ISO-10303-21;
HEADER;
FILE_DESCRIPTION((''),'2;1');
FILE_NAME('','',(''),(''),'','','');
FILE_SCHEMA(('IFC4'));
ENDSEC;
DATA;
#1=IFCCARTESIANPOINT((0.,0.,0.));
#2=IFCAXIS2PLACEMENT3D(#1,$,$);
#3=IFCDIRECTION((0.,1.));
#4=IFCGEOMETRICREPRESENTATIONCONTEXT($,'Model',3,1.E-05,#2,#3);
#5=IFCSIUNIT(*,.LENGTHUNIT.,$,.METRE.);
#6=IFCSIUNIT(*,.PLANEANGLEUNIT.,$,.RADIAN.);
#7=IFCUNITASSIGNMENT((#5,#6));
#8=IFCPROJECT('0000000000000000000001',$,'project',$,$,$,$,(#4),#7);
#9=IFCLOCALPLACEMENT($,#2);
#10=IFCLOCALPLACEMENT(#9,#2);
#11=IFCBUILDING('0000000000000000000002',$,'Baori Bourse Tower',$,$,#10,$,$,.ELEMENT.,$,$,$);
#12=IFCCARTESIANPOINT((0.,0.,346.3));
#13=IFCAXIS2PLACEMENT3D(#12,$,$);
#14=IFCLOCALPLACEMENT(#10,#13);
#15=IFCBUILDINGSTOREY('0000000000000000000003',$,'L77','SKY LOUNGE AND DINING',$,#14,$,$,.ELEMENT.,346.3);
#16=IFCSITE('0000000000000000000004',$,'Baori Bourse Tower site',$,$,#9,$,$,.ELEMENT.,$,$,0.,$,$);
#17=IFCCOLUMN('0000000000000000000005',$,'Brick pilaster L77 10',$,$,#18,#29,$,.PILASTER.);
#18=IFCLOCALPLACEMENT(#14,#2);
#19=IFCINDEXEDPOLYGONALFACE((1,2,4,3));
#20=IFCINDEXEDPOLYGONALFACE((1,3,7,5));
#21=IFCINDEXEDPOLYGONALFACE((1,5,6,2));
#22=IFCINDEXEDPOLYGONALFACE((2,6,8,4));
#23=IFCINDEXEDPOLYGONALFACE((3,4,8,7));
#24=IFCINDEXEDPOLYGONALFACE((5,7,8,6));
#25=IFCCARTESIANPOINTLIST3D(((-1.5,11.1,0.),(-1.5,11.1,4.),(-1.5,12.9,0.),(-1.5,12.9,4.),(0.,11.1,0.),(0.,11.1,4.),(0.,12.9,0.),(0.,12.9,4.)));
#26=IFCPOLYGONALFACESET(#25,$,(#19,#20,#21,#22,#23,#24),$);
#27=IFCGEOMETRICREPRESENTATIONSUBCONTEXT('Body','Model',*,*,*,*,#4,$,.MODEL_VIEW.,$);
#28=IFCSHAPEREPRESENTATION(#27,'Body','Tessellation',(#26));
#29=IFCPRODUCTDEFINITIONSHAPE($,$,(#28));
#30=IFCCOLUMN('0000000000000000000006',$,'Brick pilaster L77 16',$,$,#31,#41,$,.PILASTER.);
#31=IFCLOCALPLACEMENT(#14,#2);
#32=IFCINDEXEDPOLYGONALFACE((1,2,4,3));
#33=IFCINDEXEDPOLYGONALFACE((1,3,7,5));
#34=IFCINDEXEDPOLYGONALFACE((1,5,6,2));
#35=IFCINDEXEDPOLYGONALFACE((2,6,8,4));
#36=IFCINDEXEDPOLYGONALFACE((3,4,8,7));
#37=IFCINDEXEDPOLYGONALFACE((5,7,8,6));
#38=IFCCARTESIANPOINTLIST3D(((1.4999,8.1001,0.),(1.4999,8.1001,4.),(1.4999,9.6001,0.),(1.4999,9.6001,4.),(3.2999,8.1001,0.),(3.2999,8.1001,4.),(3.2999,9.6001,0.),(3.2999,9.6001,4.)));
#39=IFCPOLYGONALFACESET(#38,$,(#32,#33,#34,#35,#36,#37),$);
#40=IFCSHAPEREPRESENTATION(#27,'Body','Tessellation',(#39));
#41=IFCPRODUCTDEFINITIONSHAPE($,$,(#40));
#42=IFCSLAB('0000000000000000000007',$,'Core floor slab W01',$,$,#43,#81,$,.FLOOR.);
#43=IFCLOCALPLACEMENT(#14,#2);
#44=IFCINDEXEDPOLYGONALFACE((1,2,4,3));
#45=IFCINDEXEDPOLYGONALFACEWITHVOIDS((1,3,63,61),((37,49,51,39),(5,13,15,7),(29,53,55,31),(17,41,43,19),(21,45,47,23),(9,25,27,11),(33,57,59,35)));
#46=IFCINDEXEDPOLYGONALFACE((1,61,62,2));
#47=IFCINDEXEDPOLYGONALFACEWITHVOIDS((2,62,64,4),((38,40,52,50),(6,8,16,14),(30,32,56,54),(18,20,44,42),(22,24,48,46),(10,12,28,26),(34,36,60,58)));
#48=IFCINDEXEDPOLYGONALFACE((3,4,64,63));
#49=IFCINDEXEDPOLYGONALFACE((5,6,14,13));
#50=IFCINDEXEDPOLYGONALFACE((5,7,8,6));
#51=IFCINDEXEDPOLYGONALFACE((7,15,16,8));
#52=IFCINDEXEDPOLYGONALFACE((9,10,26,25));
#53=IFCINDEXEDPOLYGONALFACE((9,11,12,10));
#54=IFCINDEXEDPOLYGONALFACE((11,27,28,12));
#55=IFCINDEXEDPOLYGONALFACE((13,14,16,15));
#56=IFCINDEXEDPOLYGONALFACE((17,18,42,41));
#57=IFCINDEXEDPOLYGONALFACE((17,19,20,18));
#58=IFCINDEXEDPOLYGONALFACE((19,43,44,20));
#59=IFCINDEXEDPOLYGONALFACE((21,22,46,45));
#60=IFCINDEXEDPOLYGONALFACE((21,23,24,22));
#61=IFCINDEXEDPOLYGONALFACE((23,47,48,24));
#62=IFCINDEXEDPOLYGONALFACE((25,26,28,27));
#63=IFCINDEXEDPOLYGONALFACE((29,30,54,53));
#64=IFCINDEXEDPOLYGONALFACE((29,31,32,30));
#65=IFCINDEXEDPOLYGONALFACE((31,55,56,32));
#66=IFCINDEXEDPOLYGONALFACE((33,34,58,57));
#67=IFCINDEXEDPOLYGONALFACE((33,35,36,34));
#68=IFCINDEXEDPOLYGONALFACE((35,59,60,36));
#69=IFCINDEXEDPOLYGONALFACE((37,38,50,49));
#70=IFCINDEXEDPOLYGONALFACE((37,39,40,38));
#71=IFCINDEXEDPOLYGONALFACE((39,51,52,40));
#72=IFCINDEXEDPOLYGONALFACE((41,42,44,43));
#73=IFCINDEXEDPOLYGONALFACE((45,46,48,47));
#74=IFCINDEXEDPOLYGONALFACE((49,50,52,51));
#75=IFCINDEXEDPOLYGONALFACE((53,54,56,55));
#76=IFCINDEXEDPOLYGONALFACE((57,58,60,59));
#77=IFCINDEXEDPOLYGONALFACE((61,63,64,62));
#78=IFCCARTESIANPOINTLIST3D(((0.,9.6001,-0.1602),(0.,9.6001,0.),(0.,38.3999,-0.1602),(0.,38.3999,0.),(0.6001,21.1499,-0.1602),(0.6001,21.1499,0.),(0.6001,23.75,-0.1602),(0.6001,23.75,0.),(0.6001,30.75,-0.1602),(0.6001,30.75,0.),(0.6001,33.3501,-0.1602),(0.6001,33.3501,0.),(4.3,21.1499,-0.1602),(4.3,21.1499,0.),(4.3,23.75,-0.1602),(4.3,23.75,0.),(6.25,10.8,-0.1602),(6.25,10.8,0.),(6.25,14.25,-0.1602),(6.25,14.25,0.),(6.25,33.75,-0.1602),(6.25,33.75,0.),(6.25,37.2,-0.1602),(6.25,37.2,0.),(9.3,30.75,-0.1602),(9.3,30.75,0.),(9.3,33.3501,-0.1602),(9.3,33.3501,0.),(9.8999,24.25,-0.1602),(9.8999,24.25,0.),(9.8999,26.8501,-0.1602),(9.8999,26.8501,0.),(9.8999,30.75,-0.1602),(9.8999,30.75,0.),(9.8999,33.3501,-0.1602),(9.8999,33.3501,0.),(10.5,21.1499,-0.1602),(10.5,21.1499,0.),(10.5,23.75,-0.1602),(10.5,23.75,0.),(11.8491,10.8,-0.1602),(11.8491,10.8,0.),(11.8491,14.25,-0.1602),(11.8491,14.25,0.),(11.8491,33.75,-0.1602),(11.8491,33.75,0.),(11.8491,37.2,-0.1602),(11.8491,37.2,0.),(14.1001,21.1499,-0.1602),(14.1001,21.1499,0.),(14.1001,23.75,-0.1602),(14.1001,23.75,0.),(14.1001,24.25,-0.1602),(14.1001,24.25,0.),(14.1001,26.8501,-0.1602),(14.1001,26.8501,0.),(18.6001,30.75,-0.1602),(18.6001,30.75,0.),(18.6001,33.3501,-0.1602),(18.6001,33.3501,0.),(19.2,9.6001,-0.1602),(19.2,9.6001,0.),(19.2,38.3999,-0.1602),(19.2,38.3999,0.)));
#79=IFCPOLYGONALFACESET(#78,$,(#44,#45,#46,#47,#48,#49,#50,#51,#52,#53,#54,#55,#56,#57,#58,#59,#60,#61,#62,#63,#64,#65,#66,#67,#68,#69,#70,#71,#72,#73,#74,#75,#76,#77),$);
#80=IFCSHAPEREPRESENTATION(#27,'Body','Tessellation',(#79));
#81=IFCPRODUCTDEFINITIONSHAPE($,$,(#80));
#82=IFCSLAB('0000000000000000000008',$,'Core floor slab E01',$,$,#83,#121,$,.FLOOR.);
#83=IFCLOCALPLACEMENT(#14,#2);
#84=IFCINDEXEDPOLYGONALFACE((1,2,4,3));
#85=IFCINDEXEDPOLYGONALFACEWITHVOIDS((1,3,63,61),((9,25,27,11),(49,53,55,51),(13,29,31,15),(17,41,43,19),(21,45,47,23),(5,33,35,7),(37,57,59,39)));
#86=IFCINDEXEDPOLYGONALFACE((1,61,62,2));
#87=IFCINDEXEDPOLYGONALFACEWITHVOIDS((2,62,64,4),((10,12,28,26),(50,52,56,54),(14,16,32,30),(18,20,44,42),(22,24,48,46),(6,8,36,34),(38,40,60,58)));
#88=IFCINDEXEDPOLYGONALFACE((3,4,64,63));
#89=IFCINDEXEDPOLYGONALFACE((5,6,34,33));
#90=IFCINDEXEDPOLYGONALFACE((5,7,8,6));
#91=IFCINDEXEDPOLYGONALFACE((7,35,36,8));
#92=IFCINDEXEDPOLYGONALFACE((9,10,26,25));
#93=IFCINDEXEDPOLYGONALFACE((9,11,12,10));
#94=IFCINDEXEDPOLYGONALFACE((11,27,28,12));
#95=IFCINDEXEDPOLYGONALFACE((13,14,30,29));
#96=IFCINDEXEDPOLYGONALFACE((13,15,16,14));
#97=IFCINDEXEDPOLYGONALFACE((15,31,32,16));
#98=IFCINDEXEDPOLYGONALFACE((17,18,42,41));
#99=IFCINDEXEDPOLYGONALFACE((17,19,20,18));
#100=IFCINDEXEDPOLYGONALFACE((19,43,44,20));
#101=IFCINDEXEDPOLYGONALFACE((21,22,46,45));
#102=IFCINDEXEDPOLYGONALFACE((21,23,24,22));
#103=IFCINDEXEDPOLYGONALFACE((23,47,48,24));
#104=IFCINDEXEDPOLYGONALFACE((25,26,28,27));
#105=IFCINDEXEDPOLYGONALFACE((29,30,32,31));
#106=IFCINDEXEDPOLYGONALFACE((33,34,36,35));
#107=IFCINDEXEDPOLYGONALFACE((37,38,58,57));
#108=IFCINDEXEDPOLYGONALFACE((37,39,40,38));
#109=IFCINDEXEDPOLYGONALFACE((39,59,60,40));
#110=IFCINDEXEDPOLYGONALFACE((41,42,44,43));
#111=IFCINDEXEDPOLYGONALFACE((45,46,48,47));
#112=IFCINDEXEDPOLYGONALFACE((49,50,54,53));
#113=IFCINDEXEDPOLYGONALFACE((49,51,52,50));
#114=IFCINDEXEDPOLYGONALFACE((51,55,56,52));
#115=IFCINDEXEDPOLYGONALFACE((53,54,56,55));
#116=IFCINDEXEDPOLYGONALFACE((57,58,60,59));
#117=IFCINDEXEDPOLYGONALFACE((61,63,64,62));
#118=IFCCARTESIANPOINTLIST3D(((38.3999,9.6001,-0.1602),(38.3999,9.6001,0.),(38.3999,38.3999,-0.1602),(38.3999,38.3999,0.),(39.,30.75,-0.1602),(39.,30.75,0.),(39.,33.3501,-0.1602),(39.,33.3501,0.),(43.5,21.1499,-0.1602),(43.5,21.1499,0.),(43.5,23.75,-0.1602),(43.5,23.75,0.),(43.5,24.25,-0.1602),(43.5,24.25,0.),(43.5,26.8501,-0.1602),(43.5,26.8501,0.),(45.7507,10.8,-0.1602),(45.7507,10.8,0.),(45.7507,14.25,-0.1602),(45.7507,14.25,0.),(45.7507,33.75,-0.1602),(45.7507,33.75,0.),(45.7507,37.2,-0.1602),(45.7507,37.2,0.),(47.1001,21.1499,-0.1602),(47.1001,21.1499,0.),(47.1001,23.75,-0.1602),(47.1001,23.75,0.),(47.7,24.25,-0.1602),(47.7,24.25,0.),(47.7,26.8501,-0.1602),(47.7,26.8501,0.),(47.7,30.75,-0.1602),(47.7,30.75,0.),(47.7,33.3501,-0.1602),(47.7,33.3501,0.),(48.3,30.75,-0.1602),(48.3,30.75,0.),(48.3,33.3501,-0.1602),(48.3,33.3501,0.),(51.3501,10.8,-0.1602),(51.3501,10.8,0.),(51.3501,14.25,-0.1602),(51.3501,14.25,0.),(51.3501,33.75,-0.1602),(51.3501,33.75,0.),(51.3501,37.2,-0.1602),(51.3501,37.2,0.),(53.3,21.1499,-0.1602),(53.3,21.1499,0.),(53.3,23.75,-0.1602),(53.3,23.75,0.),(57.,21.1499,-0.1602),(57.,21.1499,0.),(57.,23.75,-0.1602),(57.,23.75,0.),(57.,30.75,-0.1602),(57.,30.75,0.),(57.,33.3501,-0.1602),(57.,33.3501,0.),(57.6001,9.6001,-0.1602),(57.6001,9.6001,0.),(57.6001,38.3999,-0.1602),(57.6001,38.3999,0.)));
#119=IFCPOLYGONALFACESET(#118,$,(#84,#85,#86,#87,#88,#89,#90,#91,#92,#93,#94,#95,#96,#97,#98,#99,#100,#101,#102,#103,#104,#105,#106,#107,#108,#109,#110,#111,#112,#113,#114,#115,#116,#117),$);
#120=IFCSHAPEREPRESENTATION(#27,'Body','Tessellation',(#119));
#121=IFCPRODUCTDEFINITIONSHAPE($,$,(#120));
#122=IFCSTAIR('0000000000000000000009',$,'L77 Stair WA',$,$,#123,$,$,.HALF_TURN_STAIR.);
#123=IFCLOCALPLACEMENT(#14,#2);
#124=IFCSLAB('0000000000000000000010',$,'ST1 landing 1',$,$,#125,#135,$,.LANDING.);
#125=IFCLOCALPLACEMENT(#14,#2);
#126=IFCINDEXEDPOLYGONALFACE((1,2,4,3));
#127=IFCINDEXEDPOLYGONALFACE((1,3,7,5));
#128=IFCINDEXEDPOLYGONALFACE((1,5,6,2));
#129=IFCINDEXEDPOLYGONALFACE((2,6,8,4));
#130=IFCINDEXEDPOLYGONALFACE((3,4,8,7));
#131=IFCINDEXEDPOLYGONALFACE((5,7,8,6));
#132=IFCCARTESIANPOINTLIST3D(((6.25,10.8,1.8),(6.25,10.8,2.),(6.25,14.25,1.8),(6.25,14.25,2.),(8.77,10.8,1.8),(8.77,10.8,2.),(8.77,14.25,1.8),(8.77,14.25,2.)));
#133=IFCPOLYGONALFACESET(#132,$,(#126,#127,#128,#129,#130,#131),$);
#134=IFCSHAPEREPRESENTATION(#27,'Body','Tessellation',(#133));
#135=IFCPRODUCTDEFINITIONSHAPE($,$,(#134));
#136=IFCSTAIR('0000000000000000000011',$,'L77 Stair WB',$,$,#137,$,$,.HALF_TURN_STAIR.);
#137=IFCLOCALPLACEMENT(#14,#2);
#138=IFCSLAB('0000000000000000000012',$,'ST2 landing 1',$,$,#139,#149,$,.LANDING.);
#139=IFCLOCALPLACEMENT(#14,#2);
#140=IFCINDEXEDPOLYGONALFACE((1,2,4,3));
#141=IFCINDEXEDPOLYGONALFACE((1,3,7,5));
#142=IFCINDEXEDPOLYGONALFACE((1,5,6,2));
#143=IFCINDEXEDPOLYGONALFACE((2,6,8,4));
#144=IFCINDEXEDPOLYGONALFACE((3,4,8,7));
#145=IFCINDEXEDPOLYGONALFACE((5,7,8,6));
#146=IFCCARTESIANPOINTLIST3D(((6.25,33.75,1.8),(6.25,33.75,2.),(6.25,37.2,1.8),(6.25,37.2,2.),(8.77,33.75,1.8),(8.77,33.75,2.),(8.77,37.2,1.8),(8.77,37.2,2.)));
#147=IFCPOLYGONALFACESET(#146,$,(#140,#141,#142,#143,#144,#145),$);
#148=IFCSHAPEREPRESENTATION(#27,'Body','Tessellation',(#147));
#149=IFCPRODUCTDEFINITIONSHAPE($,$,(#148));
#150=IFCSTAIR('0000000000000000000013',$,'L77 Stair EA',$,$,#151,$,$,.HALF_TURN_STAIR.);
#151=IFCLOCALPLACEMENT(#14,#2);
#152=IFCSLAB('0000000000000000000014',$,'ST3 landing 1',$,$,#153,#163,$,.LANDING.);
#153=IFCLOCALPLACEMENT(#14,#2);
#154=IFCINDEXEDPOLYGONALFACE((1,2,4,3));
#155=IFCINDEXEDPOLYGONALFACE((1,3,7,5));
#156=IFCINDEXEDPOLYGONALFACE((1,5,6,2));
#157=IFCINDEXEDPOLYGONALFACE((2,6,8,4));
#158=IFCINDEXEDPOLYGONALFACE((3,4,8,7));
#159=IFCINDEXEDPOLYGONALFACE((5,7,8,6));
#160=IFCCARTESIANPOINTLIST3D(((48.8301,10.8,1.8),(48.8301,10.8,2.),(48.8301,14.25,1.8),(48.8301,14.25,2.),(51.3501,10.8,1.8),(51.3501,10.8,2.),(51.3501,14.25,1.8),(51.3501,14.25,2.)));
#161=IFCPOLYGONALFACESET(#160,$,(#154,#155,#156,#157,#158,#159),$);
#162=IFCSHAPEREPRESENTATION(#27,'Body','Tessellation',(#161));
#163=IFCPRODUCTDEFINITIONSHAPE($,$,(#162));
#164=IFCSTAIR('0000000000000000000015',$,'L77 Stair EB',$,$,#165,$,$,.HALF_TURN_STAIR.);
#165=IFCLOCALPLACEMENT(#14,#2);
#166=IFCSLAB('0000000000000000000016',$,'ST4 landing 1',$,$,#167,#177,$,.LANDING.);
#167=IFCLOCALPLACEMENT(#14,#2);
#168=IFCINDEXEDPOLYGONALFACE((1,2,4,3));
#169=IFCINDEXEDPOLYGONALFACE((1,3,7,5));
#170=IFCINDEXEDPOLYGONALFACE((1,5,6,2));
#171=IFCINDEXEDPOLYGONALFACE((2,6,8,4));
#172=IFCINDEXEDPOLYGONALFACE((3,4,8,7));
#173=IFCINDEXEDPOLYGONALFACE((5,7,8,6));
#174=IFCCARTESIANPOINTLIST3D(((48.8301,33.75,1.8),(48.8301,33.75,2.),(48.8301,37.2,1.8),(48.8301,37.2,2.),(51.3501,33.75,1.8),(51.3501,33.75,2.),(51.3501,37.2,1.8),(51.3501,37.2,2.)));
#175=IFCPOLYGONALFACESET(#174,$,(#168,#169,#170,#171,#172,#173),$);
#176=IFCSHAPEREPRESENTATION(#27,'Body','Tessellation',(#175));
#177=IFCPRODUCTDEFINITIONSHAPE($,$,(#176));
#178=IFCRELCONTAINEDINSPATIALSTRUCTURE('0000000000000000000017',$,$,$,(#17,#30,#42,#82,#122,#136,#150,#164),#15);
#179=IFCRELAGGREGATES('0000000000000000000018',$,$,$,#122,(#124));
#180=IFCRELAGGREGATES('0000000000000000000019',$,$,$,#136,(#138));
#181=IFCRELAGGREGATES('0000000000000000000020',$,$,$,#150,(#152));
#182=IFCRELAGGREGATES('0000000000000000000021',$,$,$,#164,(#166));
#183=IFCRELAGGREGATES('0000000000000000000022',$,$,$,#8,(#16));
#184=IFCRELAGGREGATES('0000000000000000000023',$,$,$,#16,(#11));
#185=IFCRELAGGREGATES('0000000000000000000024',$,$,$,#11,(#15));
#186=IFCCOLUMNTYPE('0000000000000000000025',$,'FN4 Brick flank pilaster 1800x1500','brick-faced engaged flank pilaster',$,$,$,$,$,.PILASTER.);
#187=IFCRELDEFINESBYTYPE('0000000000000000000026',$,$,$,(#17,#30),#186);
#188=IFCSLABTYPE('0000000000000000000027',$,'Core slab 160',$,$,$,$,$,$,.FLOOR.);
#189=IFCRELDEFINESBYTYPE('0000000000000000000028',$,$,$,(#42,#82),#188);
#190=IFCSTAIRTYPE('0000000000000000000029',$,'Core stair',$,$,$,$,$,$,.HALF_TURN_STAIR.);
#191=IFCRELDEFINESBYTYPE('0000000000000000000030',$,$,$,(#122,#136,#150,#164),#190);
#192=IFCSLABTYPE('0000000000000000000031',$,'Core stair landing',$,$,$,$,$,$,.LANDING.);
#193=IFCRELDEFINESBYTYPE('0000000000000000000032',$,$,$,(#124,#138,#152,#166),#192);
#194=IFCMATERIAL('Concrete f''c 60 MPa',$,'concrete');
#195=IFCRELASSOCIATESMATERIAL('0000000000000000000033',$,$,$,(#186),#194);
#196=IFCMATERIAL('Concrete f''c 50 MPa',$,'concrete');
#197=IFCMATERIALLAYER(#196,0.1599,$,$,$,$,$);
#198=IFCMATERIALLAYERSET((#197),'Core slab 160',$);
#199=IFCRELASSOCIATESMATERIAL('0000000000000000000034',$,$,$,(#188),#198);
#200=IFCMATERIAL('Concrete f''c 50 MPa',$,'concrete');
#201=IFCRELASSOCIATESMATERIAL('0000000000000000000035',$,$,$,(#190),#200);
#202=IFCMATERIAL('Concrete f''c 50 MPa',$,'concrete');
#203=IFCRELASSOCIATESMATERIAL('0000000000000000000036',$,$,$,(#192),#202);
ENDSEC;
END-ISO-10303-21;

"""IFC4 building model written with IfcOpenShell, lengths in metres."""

from ifc_helpers import new_model, si_unit, direction, frame, origin, origin_2d, place, context, subcontext, project, spatial, polyline, rectangle, outline, extrude, material, layer, layer_set, material_profile, profile_set, type_object, element, aggregate, save


model = new_model("IFC4")

# Units and contexts
model_context = context("Model", 3, precision=1e-05, world=origin(), true_north=direction((0.0, 1.0)))
body_context = subcontext(model_context, "Body", "Model", "MODEL_VIEW")
ifc_project = project(units=[si_unit("LENGTHUNIT", "METRE"), si_unit("PLANEANGLEUNIT", "RADIAN")], contexts=[model_context])

# Site, building, storey
site_placement = place(None, origin())
site = spatial("IfcSite", under=ifc_project, at=site_placement, Name="Baori Bourse Tower site", CompositionType="ELEMENT", RefElevation=0.0)
building_placement = place(site_placement, origin())
building = spatial("IfcBuilding", under=site, at=building_placement, Name="Baori Bourse Tower", CompositionType="ELEMENT")
storey_placement = place(building_placement, frame((0.0, 0.0, 346.3)))
storey = spatial("IfcBuildingStorey", under=building, at=storey_placement, Name="L77", Description="SKY LOUNGE AND DINING", CompositionType="ELEMENT", Elevation=346.3)

# Columns
ifc_material_1 = material(Name="Concrete f'c 60 MPa", Category="concrete")
ifc_material_profile = material_profile(ifc_material_1, rectangle(XDim=1.8, YDim=1.5, at=origin_2d()), Name="RC 1800x1500")
ifc_profile_set = profile_set([ifc_material_profile], Name="Concrete f'c 60 MPa")
column_type = type_object("IfcColumnType", Name="FN4 Brick flank pilaster 1800x1500", Description="brick-faced engaged flank pilaster", PredefinedType="PILASTER", material=ifc_profile_set)
for number, where, z_axis, x_axis, name in (
    (1, (-0.75, 12.0, 0.0), (0.0, 0.0, 1.0), (0.0, 1.0, 0.0), "Brick pilaster L77 10"),
    (2, (2.3999, 8.8501, 0.0), (0.0, 0.0, 1.0), (1.0, 0.0, 0.0), "Brick pilaster L77 16"),
):
    element("IfcColumn", number, at=place(storey_placement, frame(where, z_axis=z_axis, x_axis=x_axis)), inside=storey, type_object=column_type, Name=name, PredefinedType="PILASTER", context=body_context, shape_type="SweptSolid", body=[
        extrude(rectangle(XDim=1.8, YDim=1.5, at=origin_2d()), origin(), (0.0, 0.0, 1.0), 4.0),
    ])

# Slabs
ifc_material_2 = material(Name="Concrete f'c 50 MPa", Category="concrete")
ifc_layer_1 = layer(ifc_material_2, 0.1599)
ifc_layer_set_1 = layer_set([ifc_layer_1], Name="Core slab 160")
slab_type_1 = type_object("IfcSlabType", Name="Core slab 160", PredefinedType="FLOOR", material=ifc_layer_set_1)
slab_1_placement = place(storey_placement, frame((0.0, 0.0, -0.1602)))
element("IfcSlab", 3, at=slab_1_placement, inside=storey, type_object=slab_type_1, Name="Core floor slab W01", PredefinedType="FLOOR", context=body_context, shape_type="SweptSolid", body=[
    extrude(outline(polyline([(19.2, 38.3999), (0.0, 38.3999), (0.0, 9.6001), (19.2, 9.6001), (19.2, 38.3999)]), holes=[polyline([(9.8999, 33.3501), (18.6001, 33.3501), (18.6001, 30.75), (9.8999, 30.75), (9.8999, 33.3501)]), polyline([(10.5, 21.1499), (10.5, 23.75), (14.1001, 23.75), (14.1001, 21.1499), (10.5, 21.1499)]), polyline([(14.1001, 24.25), (9.8999, 24.25), (9.8999, 26.8501), (14.1001, 26.8501), (14.1001, 24.25)]), polyline([(6.25, 14.25), (11.8491, 14.25), (11.8491, 10.8), (6.25, 10.8), (6.25, 14.25)]), polyline([(11.8491, 37.2), (11.8491, 33.75), (6.25, 33.75), (6.25, 37.2), (11.8491, 37.2)]), polyline([(0.6001, 30.75), (0.6001, 33.3501), (9.3, 33.3501), (9.3, 30.75), (0.6001, 30.75)]), polyline([(4.3, 23.75), (4.3, 21.1499), (0.6001, 21.1499), (0.6001, 23.75), (4.3, 23.75)])]), origin(), (0.0, 0.0, 1.0), 0.1602),
])
slab_2_placement = place(storey_placement, frame((0.0, 0.0, -0.1602)))
element("IfcSlab", 4, at=slab_2_placement, inside=storey, type_object=slab_type_1, Name="Core floor slab E01", PredefinedType="FLOOR", context=body_context, shape_type="SweptSolid", body=[
    extrude(outline(polyline([(57.6001, 9.6001), (57.6001, 38.3999), (38.3999, 38.3999), (38.3999, 9.6001), (57.6001, 9.6001)]), holes=[polyline([(48.3, 33.3501), (57.0, 33.3501), (57.0, 30.75), (48.3, 30.75), (48.3, 33.3501)]), polyline([(57.0, 21.1499), (53.3, 21.1499), (53.3, 23.75), (57.0, 23.75), (57.0, 21.1499)]), polyline([(45.7507, 14.25), (51.3501, 14.25), (51.3501, 10.8), (45.7507, 10.8), (45.7507, 14.25)]), polyline([(51.3501, 37.2), (51.3501, 33.75), (45.7507, 33.75), (45.7507, 37.2), (51.3501, 37.2)]), polyline([(43.5, 24.25), (43.5, 26.8501), (47.7, 26.8501), (47.7, 24.25), (43.5, 24.25)]), polyline([(47.7, 33.3501), (47.7, 30.75), (39.0, 30.75), (39.0, 33.3501), (47.7, 33.3501)]), polyline([(43.5, 23.75), (47.1001, 23.75), (47.1001, 21.1499), (43.5, 21.1499), (43.5, 23.75)])]), origin(), (0.0, 0.0, 1.0), 0.1602),
])

# Stairs, slabs
ifc_material_3 = material(Name="Concrete f'c 50 MPa", Category="concrete")
stair_type = type_object("IfcStairType", Name="Core stair", PredefinedType="HALF_TURN_STAIR", material=ifc_material_3)
stair_1_placement = place(storey_placement, origin())
stair_1 = element("IfcStair", 5, at=stair_1_placement, inside=storey, type_object=stair_type, Name="L77 Stair WA", PredefinedType="HALF_TURN_STAIR")
ifc_material_4 = material(Name="Concrete f'c 50 MPa", Category="concrete")
slab_type_2 = type_object("IfcSlabType", Name="Core stair landing", PredefinedType="LANDING", material=ifc_material_4)
slab_3_placement = place(storey_placement, frame((0.0, 0.0, 1.8)))
slab_3 = element("IfcSlab", 6, at=slab_3_placement, type_object=slab_type_2, Name="ST1 landing 1", PredefinedType="LANDING", context=body_context, shape_type="SweptSolid", body=[
    extrude(outline(polyline([(8.77, 14.25), (6.25, 14.25), (6.25, 10.8), (8.77, 10.8), (8.77, 14.25)])), origin(), (0.0, 0.0, 1.0), 0.2),
])
aggregate(stair_1, [slab_3])
stair_2_placement = place(storey_placement, origin())
stair_2 = element("IfcStair", 7, at=stair_2_placement, inside=storey, type_object=stair_type, Name="L77 Stair WB", PredefinedType="HALF_TURN_STAIR")
slab_4_placement = place(storey_placement, frame((0.0, 0.0, 1.8)))
slab_4 = element("IfcSlab", 8, at=slab_4_placement, type_object=slab_type_2, Name="ST2 landing 1", PredefinedType="LANDING", context=body_context, shape_type="SweptSolid", body=[
    extrude(outline(polyline([(8.77, 37.2), (6.25, 37.2), (6.25, 33.75), (8.77, 33.75), (8.77, 37.2)])), origin(), (0.0, 0.0, 1.0), 0.2),
])
aggregate(stair_2, [slab_4])
stair_3_placement = place(storey_placement, origin())
stair_3 = element("IfcStair", 9, at=stair_3_placement, inside=storey, type_object=stair_type, Name="L77 Stair EA", PredefinedType="HALF_TURN_STAIR")
slab_5_placement = place(storey_placement, frame((0.0, 0.0, 1.8)))
slab_5 = element("IfcSlab", 10, at=slab_5_placement, type_object=slab_type_2, Name="ST3 landing 1", PredefinedType="LANDING", context=body_context, shape_type="SweptSolid", body=[
    extrude(outline(polyline([(48.8301, 10.8), (51.3501, 10.8), (51.3501, 14.25), (48.8301, 14.25), (48.8301, 10.8)])), origin(), (0.0, 0.0, 1.0), 0.2),
])
aggregate(stair_3, [slab_5])
stair_4_placement = place(storey_placement, origin())
stair_4 = element("IfcStair", 11, at=stair_4_placement, inside=storey, type_object=stair_type, Name="L77 Stair EB", PredefinedType="HALF_TURN_STAIR")
slab_6_placement = place(storey_placement, frame((0.0, 0.0, 1.8)))
slab_6 = element("IfcSlab", 12, at=slab_6_placement, type_object=slab_type_2, Name="ST4 landing 1", PredefinedType="LANDING", context=body_context, shape_type="SweptSolid", body=[
    extrude(outline(polyline([(48.8301, 33.75), (51.3501, 33.75), (51.3501, 37.2), (48.8301, 37.2), (48.8301, 33.75)])), origin(), (0.0, 0.0, 1.0), 0.2),
])
aggregate(stair_4, [slab_6])

save(model, "model.ifc")
